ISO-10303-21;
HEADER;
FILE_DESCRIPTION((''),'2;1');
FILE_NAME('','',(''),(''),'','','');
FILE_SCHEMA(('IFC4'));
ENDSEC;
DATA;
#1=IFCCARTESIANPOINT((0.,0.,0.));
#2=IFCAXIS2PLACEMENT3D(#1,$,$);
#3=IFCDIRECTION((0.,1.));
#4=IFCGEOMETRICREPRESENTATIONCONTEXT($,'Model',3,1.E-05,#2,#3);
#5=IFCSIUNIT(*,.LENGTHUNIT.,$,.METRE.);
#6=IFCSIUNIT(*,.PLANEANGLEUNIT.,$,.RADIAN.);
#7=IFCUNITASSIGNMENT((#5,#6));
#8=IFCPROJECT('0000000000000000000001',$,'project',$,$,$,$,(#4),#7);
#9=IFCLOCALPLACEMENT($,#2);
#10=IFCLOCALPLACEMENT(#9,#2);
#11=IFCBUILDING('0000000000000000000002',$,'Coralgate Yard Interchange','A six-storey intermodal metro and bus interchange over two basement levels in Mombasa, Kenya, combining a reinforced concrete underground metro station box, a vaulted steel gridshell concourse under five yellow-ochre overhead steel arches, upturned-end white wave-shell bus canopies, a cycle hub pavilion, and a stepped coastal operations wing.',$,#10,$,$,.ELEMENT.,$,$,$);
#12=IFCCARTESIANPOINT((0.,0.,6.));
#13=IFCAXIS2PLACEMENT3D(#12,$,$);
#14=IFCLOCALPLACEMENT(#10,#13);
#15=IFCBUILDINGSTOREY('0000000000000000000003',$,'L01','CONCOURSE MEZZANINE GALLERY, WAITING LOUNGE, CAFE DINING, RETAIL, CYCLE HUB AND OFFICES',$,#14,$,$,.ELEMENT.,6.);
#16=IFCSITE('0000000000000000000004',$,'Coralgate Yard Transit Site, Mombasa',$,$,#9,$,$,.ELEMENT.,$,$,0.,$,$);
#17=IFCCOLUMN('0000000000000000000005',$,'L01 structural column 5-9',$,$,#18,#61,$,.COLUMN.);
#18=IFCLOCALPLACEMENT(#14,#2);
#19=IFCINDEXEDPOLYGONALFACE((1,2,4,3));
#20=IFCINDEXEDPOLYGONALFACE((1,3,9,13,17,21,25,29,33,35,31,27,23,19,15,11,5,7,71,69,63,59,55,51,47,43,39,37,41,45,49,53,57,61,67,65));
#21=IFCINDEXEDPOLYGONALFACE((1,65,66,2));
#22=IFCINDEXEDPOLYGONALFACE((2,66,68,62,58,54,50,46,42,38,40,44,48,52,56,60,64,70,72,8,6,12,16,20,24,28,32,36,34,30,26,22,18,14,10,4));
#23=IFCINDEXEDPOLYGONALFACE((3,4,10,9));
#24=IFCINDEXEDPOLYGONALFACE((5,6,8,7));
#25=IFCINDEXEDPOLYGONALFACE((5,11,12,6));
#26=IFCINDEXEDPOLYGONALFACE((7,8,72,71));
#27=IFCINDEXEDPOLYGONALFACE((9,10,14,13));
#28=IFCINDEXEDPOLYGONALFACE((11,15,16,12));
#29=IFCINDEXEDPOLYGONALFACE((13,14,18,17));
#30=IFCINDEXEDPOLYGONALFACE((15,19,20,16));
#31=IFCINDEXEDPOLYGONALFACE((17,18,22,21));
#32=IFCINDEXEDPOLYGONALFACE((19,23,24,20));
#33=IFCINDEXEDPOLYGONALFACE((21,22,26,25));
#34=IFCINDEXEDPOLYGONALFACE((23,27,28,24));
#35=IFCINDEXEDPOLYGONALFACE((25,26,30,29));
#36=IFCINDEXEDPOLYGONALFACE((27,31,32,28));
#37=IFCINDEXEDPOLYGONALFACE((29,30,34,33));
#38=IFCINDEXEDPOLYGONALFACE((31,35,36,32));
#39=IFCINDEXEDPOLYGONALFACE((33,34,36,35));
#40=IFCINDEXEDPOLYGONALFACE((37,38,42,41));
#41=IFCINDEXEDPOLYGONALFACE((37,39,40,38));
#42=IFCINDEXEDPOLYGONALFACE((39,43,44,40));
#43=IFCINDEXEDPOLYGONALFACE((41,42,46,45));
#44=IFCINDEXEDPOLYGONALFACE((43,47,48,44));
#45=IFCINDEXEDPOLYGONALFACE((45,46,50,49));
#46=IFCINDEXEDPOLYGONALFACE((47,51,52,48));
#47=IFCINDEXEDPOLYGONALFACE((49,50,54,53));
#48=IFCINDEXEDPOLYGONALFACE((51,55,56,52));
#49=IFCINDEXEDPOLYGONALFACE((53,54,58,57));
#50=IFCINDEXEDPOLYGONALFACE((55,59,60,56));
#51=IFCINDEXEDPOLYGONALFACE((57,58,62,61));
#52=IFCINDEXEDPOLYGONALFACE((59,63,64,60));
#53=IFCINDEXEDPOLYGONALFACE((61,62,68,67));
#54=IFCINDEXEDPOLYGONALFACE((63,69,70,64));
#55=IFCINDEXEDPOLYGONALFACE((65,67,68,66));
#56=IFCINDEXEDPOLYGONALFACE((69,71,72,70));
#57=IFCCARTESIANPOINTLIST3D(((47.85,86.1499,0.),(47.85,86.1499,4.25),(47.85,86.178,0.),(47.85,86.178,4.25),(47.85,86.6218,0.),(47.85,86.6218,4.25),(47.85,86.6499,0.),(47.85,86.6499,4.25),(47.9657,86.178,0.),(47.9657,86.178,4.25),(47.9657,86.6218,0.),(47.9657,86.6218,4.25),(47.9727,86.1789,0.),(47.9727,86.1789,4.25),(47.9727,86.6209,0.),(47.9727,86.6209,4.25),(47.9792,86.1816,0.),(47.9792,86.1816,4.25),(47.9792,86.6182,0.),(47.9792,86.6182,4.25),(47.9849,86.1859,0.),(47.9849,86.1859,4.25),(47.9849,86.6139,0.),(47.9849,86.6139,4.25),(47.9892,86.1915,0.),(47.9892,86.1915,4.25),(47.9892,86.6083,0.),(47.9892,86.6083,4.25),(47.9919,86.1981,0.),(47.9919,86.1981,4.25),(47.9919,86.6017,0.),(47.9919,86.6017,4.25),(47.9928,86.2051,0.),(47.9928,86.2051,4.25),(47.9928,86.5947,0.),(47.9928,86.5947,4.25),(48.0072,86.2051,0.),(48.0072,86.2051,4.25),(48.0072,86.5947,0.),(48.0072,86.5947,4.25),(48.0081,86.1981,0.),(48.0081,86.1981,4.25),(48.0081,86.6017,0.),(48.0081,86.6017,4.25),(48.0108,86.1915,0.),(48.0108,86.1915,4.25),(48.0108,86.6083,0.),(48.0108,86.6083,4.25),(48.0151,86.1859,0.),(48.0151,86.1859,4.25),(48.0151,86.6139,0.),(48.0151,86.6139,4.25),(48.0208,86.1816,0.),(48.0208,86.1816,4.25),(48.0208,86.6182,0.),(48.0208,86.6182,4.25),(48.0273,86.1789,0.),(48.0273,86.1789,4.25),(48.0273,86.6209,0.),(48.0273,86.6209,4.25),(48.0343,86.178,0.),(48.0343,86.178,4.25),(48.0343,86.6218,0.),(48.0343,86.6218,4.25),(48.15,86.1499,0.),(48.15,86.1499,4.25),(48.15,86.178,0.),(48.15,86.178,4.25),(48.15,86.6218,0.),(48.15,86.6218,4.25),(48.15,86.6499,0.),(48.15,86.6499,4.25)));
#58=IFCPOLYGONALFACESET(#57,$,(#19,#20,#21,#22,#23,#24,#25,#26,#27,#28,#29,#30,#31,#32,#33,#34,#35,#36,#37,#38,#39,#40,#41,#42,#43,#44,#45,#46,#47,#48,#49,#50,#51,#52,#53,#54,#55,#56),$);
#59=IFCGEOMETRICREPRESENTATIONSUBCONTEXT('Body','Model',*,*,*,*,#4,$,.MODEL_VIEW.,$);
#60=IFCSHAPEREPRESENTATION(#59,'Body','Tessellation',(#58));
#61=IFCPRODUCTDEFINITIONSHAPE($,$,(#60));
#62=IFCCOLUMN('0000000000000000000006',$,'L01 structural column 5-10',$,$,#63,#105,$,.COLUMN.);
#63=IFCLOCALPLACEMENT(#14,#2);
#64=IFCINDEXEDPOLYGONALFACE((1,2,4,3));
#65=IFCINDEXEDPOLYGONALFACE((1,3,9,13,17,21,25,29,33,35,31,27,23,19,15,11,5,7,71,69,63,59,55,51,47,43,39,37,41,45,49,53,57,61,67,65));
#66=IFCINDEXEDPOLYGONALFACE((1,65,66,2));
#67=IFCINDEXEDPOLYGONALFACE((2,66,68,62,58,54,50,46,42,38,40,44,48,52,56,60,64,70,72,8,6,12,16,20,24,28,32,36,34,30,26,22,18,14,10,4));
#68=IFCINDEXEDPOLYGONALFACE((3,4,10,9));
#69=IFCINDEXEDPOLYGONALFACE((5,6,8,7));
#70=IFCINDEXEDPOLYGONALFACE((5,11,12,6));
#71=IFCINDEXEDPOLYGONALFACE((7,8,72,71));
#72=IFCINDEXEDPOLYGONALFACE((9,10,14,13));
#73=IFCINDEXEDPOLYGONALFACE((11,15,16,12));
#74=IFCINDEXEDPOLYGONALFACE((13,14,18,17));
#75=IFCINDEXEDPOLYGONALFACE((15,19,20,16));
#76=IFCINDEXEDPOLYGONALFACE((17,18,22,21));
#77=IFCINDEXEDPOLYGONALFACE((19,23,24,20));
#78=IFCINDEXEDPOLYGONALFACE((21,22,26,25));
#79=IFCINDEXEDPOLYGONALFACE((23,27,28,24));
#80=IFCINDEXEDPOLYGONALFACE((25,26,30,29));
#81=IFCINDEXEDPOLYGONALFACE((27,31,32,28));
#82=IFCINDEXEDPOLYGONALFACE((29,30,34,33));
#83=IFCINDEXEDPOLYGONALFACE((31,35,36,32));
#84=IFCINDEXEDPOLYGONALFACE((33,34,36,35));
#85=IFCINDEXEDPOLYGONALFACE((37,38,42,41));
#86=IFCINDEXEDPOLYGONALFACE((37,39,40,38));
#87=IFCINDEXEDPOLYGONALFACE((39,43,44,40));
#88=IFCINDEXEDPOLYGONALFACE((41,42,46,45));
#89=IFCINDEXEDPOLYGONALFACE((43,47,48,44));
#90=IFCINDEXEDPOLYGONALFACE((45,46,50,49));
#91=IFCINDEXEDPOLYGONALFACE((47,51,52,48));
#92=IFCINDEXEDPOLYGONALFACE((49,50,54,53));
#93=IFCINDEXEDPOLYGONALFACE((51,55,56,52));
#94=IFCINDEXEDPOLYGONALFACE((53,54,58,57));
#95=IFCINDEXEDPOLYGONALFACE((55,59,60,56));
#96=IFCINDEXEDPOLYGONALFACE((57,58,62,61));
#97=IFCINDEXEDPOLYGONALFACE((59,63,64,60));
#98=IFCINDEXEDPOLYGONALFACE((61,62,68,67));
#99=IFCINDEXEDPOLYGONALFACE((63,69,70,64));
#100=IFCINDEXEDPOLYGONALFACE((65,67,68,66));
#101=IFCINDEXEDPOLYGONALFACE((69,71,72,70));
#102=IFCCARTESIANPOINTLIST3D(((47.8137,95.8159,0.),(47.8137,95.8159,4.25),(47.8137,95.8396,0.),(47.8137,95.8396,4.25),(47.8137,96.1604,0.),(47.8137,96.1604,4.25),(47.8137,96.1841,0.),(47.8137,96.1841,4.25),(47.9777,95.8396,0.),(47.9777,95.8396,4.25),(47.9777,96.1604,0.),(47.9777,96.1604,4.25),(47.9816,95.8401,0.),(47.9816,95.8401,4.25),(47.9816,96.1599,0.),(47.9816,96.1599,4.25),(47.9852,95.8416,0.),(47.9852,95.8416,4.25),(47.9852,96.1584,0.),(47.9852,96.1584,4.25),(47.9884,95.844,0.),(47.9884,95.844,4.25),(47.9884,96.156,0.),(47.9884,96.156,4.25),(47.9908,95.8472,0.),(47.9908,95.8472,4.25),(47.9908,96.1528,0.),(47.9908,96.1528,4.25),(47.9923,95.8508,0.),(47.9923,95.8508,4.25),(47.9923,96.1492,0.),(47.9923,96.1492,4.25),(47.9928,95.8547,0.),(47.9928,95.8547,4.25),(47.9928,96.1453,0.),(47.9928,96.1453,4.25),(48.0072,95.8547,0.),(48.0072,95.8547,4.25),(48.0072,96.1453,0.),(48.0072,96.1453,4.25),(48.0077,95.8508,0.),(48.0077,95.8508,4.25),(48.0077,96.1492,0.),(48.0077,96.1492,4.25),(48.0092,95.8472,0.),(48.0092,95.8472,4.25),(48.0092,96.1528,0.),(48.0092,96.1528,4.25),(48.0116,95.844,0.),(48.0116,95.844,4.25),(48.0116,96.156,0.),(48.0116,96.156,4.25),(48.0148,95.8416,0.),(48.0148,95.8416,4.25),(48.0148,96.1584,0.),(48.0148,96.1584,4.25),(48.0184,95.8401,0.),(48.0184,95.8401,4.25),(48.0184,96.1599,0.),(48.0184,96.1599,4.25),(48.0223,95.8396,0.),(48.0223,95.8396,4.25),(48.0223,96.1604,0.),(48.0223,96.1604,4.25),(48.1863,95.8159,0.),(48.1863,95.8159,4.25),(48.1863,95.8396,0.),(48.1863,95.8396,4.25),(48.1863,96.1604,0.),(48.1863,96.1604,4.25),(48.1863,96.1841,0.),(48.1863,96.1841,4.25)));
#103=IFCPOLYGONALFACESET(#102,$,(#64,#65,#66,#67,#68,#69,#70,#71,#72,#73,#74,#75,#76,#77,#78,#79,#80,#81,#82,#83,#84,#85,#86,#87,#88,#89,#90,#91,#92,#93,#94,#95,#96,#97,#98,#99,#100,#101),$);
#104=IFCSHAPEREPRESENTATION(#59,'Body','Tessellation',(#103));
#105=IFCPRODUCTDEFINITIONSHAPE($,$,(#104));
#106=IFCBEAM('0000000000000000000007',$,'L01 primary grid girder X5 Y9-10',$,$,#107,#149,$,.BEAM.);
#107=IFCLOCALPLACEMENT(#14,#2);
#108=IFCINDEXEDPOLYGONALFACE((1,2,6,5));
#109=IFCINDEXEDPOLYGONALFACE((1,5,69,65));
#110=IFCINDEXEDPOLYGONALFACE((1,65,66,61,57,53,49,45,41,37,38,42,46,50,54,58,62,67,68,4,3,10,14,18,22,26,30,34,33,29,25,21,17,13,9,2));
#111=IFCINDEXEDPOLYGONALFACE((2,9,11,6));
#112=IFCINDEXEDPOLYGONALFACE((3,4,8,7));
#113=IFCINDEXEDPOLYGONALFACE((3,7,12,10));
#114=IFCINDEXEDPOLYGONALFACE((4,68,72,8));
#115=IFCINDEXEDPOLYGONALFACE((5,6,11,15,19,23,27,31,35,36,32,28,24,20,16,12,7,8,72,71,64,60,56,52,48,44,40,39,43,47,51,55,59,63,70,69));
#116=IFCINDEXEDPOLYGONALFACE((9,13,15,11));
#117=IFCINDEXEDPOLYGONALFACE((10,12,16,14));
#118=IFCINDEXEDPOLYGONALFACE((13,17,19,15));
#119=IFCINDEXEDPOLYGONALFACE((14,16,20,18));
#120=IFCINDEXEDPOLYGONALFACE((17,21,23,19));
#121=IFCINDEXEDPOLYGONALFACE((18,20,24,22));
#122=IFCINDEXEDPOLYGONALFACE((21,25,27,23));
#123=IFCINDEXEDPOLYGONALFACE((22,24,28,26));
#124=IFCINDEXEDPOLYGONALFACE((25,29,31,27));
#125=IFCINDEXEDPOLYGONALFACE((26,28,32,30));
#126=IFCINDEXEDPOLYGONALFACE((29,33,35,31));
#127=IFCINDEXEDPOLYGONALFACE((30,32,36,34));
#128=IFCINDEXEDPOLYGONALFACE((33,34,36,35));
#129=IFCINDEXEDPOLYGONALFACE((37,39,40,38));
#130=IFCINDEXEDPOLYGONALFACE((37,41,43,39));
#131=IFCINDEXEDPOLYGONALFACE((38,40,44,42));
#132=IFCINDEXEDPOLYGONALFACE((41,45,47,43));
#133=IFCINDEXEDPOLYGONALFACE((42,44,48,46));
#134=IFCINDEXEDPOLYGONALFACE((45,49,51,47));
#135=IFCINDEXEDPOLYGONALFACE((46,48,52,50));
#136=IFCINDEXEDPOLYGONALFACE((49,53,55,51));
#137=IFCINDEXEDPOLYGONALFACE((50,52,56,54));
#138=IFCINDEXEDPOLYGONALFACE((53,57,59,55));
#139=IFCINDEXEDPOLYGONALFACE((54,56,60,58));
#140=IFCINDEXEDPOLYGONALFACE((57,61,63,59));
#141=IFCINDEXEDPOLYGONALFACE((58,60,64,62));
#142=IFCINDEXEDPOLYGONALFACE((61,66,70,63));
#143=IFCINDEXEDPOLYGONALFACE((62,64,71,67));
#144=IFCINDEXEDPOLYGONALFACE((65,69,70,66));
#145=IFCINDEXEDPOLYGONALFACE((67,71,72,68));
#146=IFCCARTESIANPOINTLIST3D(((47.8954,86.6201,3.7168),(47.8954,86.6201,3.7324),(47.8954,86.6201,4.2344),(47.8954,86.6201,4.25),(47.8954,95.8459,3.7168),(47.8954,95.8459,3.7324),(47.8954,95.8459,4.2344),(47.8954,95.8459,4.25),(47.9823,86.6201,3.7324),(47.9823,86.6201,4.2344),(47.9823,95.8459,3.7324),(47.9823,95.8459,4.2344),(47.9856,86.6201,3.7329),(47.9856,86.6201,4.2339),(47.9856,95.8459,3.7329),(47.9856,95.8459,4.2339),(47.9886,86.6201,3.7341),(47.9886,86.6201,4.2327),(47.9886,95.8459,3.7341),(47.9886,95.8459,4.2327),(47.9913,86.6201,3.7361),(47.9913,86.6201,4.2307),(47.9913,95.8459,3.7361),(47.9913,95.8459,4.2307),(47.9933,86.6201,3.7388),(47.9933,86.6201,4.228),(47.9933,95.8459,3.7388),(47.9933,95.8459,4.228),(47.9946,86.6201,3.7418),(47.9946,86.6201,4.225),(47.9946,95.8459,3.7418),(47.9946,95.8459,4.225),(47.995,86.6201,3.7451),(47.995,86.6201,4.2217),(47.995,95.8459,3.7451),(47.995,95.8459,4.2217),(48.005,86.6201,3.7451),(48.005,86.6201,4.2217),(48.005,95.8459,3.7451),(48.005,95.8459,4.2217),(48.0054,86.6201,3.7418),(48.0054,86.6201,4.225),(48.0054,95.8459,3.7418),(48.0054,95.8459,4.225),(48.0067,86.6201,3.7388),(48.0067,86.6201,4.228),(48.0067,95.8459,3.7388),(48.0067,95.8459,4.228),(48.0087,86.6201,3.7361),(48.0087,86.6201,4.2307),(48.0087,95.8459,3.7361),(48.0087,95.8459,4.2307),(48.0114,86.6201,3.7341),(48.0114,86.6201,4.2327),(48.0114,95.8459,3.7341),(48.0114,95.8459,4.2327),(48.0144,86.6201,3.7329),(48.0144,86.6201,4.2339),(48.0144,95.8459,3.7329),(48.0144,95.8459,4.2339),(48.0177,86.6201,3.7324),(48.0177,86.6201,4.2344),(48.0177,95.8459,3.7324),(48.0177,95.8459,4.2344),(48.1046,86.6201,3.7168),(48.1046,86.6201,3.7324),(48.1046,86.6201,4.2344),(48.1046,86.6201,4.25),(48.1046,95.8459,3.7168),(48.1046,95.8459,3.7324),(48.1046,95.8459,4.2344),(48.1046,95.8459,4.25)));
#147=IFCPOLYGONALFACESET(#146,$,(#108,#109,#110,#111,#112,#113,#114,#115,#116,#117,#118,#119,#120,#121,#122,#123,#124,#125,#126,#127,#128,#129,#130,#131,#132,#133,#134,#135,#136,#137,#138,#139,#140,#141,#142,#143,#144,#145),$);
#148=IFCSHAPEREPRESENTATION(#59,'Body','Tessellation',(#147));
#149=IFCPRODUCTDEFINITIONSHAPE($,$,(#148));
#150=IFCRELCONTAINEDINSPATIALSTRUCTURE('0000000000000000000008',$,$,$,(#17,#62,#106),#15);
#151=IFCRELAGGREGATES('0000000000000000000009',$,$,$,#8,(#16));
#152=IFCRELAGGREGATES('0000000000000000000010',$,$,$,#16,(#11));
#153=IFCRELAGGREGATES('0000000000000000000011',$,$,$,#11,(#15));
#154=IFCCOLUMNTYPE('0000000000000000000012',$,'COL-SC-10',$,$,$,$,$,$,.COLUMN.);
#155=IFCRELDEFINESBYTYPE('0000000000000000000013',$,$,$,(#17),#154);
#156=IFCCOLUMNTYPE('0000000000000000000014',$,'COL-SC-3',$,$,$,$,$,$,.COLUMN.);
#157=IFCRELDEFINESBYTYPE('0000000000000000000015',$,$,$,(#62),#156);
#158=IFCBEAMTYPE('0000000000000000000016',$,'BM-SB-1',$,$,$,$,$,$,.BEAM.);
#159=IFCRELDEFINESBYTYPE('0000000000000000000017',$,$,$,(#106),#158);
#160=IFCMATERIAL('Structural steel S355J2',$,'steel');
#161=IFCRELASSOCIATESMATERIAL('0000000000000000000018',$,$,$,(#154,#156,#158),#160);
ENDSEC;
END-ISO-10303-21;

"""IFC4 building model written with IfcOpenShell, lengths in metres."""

from ifc_helpers import new_model, si_unit, direction, frame, origin, origin_2d, place, context, subcontext, project, spatial, i_section, extrude, material, material_profile, profile_set, type_object, element, save


model = new_model("IFC4")

# Units and contexts
model_context = context("Model", 3, precision=1e-05, world=origin(), true_north=direction((0.0, 1.0)))
body_context = subcontext(model_context, "Body", "Model", "MODEL_VIEW")
ifc_project = project(units=[si_unit("LENGTHUNIT", "METRE"), si_unit("PLANEANGLEUNIT", "RADIAN")], contexts=[model_context])

# Site, building, storey
site_placement = place(None, origin())
site = spatial("IfcSite", under=ifc_project, at=site_placement, Name="Coralgate Yard Transit Site, Mombasa", CompositionType="ELEMENT", RefElevation=0.0)
building_placement = place(site_placement, origin())
building = spatial("IfcBuilding", under=site, at=building_placement, Name="Coralgate Yard Interchange", Description="A six-storey intermodal metro and bus interchange over two basement levels in Mombasa, Kenya, combining a reinforced concrete underground metro station box, a vaulted steel gridshell concourse under five yellow-ochre overhead steel arches, upturned-end white wave-shell bus canopies, a cycle hub pavilion, and a stepped coastal operations wing.", CompositionType="ELEMENT")
storey_placement = place(building_placement, frame((0.0, 0.0, 6.0)))
storey = spatial("IfcBuildingStorey", under=building, at=storey_placement, Name="L01", Description="CONCOURSE MEZZANINE GALLERY, WAITING LOUNGE, CAFE DINING, RETAIL, CYCLE HUB AND OFFICES", CompositionType="ELEMENT", Elevation=6.0)

# Columns
ifc_material_1 = material(Name="Structural steel S355J2", Category="steel")
ifc_material_profile_1 = material_profile(ifc_material_1, i_section(OverallWidth=0.3, OverallDepth=0.5, WebThickness=0.0144, FlangeThickness=0.0281, FilletRadius=0.0271, at=origin_2d()), Name="HEB 500")
ifc_profile_set_1 = profile_set([ifc_material_profile_1], Name="Structural steel S355J2")
column_type_1 = type_object("IfcColumnType", Name="COL-SC-10", PredefinedType="COLUMN", material=ifc_profile_set_1)
column_1_placement = place(storey_placement, frame((48.0, 86.3999, 0.0), z_axis=(0.0, 0.0, 1.0), x_axis=(1.0, 0.0, 0.0)))
element("IfcColumn", 1, at=column_1_placement, inside=storey, type_object=column_type_1, Name="L01 structural column 5-9", PredefinedType="COLUMN", context=body_context, shape_type="SweptSolid", body=[
    extrude(i_section(OverallWidth=0.3, OverallDepth=0.5, WebThickness=0.0144, FlangeThickness=0.0281, FilletRadius=0.0271, at=origin_2d()), origin(), (0.0, 0.0, 1.0), 4.25),
])
ifc_material_profile_2 = material_profile(ifc_material_1, i_section(OverallWidth=0.3726, OverallDepth=0.3682, WebThickness=0.0144, FlangeThickness=0.0237, FilletRadius=0.0151, at=origin_2d()), Name="UC 356x368x177")
ifc_profile_set_2 = profile_set([ifc_material_profile_2], Name="Structural steel S355J2")
column_type_2 = type_object("IfcColumnType", Name="COL-SC-3", PredefinedType="COLUMN", material=ifc_profile_set_2)
column_2_placement = place(storey_placement, frame((48.0, 96.0, 0.0), z_axis=(0.0, 0.0, 1.0), x_axis=(1.0, 0.0, 0.0)))
element("IfcColumn", 2, at=column_2_placement, inside=storey, type_object=column_type_2, Name="L01 structural column 5-10", PredefinedType="COLUMN", context=body_context, shape_type="SweptSolid", body=[
    extrude(i_section(OverallWidth=0.3726, OverallDepth=0.3682, WebThickness=0.0144, FlangeThickness=0.0237, FilletRadius=0.0151, at=origin_2d()), origin(), (0.0, 0.0, 1.0), 4.25),
])

# Beam
ifc_material_profile_3 = material_profile(ifc_material_1, i_section(OverallWidth=0.2092, OverallDepth=0.5332, WebThickness=0.01, FlangeThickness=0.0156, FilletRadius=0.0127, at=origin_2d()), Name="UB 533x210x92")
ifc_profile_set_3 = profile_set([ifc_material_profile_3], Name="Structural steel S355J2")
beam_type_1 = type_object("IfcBeamType", Name="BM-SB-1", PredefinedType="BEAM", material=ifc_profile_set_3)
beam_1_placement = place(storey_placement, frame((48.0, 86.6201, 3.9834), z_axis=(0.0, 1.0, 0.0), x_axis=(-1.0, 0.0, 0.0)))
element("IfcBeam", 3, at=beam_1_placement, inside=storey, type_object=beam_type_1, Name="L01 primary grid girder X5 Y9-10", PredefinedType="BEAM", context=body_context, shape_type="SweptSolid", body=[
    extrude(i_section(OverallWidth=0.2092, OverallDepth=0.5332, WebThickness=0.01, FlangeThickness=0.0156, FilletRadius=0.0127, at=origin_2d()), origin(), (0.0, 0.0, 1.0), 9.2258),
])

save(model, "model.ifc")
